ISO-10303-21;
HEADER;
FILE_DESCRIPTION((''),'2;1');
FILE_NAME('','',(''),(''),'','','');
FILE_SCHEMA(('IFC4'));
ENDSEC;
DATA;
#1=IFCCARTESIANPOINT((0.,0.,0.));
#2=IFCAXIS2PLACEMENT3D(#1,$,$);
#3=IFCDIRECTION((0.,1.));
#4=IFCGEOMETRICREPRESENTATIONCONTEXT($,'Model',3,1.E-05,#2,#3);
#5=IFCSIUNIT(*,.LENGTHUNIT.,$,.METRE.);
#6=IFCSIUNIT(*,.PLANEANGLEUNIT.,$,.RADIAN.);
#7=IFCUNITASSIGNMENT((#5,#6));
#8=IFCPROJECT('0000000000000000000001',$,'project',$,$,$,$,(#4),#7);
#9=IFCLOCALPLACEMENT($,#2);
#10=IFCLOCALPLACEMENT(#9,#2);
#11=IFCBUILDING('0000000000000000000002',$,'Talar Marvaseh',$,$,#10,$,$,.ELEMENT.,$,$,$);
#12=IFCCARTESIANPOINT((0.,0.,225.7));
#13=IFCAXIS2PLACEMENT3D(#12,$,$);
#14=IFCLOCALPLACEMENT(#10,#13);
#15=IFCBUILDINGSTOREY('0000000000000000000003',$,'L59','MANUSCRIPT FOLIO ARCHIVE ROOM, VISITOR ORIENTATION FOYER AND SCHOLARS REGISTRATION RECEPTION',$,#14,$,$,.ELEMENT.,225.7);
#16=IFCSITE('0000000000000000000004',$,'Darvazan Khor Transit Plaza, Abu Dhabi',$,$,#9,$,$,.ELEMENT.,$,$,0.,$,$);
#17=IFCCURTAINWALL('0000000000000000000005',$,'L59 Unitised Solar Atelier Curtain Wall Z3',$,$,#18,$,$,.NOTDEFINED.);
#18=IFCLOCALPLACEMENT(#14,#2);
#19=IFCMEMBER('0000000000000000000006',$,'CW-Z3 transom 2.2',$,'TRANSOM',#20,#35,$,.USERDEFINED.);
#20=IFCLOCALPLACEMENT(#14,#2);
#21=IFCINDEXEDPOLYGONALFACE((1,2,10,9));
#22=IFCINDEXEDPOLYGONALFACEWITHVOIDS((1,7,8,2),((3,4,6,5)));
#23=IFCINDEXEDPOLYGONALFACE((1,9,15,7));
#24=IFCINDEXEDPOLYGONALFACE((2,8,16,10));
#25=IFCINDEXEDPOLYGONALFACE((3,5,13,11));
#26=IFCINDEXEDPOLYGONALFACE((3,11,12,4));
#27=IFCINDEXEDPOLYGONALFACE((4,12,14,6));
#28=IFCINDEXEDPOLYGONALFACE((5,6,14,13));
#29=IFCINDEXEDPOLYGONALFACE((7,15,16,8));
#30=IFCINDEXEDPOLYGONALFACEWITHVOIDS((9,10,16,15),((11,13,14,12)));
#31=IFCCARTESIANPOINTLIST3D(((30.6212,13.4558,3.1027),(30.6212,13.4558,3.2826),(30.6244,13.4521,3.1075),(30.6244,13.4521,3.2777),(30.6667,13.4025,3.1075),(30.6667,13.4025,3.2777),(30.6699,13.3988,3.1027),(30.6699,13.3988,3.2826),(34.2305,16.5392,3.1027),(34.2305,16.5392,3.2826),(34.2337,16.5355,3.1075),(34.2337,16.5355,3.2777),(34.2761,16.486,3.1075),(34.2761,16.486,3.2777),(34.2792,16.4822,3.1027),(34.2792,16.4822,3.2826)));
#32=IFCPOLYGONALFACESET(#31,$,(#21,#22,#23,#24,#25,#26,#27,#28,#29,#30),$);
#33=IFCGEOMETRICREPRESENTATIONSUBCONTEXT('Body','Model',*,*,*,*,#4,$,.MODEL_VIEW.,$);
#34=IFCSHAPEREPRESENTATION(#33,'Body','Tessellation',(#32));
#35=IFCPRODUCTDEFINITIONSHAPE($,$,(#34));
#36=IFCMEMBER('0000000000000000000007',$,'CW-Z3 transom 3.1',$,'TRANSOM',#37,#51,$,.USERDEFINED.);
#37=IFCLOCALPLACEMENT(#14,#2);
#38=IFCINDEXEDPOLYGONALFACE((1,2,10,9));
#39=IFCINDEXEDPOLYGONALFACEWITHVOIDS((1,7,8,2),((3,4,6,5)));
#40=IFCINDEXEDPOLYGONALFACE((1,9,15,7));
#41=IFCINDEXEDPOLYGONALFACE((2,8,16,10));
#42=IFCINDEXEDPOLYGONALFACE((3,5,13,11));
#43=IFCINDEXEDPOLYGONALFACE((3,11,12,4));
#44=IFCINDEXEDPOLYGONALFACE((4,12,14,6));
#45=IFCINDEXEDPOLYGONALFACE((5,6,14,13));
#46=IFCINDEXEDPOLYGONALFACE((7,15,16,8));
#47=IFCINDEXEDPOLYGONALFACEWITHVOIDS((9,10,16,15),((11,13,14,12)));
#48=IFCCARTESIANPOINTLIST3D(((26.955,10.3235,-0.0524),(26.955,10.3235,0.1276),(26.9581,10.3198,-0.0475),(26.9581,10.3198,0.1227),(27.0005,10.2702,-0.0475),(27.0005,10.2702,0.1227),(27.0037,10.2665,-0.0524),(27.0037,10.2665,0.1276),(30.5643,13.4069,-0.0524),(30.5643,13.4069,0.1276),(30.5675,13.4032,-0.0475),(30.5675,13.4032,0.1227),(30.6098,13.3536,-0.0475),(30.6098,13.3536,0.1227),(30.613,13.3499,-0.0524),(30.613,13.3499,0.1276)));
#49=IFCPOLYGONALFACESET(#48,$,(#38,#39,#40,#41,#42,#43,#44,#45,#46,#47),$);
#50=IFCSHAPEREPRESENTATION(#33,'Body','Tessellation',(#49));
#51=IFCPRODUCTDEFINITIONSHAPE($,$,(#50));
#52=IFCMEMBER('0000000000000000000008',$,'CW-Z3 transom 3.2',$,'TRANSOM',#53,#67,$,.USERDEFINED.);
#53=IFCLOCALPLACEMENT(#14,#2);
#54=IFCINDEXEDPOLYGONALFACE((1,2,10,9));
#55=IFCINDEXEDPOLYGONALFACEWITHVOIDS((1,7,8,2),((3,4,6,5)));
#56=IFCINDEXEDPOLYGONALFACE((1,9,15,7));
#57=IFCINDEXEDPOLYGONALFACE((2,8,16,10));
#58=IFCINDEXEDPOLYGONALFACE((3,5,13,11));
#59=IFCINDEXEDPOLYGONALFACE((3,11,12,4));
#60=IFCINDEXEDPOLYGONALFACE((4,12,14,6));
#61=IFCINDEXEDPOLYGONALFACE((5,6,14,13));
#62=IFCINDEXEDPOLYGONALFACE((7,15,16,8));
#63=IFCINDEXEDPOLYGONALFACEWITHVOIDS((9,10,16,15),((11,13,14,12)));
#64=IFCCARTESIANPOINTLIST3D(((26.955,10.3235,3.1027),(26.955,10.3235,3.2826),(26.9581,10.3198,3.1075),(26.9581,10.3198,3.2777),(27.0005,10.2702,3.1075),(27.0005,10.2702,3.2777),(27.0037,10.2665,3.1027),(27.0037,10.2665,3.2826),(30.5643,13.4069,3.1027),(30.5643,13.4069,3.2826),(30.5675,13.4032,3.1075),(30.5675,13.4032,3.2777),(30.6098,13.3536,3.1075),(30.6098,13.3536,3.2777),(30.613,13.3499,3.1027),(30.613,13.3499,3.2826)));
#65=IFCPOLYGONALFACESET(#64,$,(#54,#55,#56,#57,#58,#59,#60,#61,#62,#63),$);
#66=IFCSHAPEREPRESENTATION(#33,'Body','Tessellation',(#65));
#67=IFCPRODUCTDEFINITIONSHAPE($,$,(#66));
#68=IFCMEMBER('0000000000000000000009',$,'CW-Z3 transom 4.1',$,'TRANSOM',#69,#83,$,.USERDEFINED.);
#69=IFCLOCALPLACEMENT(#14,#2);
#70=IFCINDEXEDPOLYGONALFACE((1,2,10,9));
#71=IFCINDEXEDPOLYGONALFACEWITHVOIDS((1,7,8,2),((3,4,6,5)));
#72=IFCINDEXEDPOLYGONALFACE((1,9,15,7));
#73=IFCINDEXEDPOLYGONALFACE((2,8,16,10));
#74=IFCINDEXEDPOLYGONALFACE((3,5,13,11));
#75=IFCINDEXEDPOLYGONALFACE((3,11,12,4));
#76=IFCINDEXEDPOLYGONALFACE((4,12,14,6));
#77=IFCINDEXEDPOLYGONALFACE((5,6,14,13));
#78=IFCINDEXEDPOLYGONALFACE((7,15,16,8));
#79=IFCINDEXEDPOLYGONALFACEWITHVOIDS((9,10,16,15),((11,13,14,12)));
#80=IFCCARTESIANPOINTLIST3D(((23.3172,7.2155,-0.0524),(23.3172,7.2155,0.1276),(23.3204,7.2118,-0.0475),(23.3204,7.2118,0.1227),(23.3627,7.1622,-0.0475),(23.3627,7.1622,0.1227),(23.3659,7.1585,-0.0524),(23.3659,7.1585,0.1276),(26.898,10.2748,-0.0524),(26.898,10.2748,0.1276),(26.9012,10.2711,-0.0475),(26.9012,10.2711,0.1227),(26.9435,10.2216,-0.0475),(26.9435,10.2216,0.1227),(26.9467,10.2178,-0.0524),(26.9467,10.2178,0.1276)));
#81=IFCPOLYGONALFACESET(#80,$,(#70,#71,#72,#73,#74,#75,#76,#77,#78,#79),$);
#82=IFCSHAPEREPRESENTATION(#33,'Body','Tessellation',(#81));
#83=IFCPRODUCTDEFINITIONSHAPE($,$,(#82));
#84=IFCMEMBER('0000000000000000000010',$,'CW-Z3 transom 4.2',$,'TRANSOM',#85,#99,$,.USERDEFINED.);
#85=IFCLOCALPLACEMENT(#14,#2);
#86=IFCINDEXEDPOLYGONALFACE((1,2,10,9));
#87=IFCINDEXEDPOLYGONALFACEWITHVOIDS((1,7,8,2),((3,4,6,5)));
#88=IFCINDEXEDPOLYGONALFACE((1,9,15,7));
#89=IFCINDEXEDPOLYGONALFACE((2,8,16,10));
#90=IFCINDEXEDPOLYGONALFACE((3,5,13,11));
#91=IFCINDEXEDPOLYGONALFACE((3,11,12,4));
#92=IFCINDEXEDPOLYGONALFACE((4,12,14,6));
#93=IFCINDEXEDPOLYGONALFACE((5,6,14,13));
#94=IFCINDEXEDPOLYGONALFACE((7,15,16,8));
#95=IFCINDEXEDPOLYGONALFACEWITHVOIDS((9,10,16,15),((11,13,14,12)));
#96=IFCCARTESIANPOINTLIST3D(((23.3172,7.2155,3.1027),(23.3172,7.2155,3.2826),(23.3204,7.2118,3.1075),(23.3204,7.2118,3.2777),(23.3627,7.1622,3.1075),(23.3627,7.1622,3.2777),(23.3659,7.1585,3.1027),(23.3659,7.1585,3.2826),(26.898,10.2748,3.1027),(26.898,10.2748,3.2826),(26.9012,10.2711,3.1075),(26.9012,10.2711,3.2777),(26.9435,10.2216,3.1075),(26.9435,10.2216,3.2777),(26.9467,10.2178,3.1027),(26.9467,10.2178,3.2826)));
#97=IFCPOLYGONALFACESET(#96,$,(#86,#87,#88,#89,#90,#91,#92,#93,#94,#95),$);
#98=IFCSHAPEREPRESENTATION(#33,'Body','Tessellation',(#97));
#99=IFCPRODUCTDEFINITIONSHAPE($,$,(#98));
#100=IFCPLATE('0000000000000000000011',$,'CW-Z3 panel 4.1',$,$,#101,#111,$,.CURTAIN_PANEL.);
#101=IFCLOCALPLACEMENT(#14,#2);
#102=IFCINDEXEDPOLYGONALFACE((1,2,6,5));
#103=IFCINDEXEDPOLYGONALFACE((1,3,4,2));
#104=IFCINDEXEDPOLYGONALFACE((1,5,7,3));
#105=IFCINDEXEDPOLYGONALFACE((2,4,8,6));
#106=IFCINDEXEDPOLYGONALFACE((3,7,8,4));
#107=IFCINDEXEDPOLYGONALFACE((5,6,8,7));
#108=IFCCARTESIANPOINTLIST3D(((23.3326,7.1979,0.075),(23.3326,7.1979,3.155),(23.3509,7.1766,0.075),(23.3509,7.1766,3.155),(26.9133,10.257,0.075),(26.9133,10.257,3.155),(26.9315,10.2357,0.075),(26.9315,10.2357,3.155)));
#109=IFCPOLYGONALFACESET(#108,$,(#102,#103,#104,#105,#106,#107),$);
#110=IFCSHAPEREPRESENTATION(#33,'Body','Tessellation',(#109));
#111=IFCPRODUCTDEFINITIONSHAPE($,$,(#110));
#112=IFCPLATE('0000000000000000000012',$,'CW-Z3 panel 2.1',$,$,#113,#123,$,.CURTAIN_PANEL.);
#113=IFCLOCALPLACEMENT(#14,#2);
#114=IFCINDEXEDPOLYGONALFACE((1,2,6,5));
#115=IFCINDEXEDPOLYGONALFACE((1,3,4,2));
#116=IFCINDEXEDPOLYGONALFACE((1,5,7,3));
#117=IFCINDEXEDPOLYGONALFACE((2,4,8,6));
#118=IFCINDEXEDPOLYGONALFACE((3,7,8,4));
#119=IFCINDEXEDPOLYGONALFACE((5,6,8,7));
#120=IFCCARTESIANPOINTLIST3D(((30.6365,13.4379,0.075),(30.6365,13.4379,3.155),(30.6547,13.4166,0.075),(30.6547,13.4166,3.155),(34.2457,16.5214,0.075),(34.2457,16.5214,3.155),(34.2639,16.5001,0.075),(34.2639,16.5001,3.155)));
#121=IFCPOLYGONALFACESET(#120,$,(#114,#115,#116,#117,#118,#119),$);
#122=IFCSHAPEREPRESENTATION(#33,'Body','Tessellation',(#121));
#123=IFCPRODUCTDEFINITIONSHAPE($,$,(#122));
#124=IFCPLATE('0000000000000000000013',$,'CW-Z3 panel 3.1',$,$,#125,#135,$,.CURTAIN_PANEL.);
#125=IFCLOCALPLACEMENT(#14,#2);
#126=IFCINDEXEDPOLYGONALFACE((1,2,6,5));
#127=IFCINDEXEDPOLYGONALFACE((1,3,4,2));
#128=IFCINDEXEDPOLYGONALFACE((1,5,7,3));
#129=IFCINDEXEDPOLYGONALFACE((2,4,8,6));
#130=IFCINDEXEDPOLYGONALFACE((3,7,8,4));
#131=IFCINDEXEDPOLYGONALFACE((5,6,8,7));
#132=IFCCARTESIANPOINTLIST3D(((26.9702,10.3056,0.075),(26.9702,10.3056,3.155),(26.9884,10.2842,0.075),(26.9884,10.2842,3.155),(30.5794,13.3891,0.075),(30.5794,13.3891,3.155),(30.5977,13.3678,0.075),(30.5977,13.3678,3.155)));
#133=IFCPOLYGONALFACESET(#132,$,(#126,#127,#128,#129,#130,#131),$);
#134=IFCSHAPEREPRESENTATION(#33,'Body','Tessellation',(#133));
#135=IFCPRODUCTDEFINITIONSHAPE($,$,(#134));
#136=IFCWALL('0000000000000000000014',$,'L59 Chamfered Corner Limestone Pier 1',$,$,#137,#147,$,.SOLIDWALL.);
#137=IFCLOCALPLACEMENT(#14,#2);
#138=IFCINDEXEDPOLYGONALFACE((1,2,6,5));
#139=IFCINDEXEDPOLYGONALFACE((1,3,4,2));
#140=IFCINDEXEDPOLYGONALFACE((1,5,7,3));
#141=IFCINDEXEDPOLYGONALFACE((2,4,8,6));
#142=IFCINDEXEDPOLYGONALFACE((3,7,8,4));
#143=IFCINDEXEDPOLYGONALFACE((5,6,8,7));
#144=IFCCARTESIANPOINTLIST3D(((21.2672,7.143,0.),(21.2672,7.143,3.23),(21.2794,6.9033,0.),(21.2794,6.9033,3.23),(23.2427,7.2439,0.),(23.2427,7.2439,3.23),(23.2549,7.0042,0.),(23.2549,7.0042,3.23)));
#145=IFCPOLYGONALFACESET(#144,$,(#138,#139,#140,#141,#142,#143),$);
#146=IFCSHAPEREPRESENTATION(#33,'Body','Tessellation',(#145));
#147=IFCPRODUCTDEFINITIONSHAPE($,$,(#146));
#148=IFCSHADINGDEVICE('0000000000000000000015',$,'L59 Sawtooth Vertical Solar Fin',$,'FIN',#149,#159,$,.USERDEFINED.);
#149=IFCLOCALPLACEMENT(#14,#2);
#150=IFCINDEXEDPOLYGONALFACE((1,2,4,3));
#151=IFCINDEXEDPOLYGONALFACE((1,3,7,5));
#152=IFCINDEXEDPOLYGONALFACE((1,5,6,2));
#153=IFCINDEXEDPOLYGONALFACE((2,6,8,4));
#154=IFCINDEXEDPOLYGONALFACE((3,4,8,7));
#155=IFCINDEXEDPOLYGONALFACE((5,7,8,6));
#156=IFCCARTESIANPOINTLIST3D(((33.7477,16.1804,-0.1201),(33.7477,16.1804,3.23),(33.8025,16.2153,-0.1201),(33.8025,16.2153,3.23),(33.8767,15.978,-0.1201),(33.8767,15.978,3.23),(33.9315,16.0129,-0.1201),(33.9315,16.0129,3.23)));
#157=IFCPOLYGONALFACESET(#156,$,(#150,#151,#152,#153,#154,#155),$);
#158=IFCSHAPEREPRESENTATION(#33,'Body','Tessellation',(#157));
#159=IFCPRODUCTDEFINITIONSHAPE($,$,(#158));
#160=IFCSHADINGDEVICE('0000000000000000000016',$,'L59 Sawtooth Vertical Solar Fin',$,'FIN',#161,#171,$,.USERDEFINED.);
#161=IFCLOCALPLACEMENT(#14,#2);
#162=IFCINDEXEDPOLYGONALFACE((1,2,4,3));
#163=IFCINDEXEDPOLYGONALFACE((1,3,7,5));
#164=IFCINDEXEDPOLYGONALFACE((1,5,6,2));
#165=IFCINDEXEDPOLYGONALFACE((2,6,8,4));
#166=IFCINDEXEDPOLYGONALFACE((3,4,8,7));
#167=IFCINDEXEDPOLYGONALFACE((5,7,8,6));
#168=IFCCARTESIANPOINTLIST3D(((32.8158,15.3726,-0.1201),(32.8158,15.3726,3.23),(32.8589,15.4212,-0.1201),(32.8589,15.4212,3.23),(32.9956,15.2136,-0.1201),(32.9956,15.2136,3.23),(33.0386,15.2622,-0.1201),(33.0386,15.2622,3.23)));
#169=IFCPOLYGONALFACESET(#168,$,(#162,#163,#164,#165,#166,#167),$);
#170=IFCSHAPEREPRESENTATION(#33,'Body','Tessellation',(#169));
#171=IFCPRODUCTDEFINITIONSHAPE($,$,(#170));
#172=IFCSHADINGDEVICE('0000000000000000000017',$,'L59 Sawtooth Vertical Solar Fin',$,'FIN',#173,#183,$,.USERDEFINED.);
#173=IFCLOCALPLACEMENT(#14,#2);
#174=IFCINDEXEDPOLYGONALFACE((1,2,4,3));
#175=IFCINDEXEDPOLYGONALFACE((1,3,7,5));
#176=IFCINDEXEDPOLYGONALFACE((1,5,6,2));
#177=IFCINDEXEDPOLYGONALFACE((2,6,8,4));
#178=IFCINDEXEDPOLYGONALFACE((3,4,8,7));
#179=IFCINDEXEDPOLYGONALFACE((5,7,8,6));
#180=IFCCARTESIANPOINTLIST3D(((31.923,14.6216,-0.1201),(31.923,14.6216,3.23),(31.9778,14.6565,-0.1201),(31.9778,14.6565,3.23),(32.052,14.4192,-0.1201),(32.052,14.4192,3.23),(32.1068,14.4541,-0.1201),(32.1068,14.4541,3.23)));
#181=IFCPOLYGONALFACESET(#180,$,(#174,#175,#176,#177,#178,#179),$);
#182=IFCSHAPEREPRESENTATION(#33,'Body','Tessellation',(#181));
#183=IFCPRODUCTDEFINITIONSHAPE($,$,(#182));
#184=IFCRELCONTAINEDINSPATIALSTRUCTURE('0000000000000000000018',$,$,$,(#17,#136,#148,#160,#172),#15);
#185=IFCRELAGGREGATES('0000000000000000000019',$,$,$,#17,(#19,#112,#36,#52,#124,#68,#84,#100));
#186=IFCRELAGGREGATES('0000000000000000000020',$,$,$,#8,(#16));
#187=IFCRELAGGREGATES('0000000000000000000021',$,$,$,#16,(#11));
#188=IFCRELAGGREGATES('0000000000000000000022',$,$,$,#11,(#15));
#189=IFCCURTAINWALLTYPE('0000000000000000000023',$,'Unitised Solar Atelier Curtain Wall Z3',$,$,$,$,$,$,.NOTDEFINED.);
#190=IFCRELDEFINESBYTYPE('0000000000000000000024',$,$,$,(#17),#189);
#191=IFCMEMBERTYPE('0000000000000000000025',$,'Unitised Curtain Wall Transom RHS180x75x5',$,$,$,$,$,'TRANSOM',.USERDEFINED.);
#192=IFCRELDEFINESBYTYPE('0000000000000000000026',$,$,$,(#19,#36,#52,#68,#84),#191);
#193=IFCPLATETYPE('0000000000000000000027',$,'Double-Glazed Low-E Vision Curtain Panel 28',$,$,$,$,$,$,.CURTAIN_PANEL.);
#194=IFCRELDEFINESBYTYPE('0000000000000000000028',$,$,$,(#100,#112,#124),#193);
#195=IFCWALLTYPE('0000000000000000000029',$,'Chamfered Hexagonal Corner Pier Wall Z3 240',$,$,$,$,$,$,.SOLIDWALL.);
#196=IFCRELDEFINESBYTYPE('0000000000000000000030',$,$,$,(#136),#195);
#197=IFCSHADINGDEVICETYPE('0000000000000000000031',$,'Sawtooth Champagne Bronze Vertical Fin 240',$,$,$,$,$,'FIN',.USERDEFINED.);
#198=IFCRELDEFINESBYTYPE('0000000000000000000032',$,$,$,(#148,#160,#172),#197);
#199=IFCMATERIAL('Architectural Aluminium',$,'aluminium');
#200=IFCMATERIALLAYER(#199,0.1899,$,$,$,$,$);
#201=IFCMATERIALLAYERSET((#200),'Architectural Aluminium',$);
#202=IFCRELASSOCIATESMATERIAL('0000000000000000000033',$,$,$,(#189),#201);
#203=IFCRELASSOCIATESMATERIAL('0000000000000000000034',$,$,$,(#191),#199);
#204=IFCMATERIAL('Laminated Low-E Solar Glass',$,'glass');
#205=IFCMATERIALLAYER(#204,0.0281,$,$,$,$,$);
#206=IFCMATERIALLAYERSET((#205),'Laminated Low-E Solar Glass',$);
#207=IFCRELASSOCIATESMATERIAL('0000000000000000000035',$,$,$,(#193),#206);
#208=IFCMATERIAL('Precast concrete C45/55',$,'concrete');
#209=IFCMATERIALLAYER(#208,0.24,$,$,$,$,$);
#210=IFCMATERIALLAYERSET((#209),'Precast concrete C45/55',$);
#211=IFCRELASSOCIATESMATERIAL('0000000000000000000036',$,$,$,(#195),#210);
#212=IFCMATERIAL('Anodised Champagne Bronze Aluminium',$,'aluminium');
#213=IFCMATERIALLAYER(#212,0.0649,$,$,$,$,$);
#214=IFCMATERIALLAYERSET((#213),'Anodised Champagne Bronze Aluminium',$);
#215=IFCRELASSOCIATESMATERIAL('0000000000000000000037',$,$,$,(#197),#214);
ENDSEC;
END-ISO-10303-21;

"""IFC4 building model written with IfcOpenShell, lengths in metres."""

from ifc_helpers import new_model, si_unit, direction, frame, frame_2d, origin, origin_2d, place, context, subcontext, project, spatial, rectangle, hollow_rectangle, extrude, source, transform, mapped, material, layer, layer_set, material_profile, profile_set, type_object, type_shapes, element, aggregate, save


model = new_model("IFC4")

# Units and contexts
model_context = context("Model", 3, precision=1e-05, world=origin(), true_north=direction((0.0, 1.0)))
body_context = subcontext(model_context, "Body", "Model", "MODEL_VIEW")
ifc_project = project(units=[si_unit("LENGTHUNIT", "METRE"), si_unit("PLANEANGLEUNIT", "RADIAN")], contexts=[model_context])

# Site, building, storey
site_placement = place(None, origin())
site = spatial("IfcSite", under=ifc_project, at=site_placement, Name="Darvazan Khor Transit Plaza, Abu Dhabi", CompositionType="ELEMENT", RefElevation=0.0)
building_placement = place(site_placement, origin())
building = spatial("IfcBuilding", under=site, at=building_placement, Name="Talar Marvaseh", CompositionType="ELEMENT")
storey_placement = place(building_placement, frame((0.0, 0.0, 225.7)))
storey = spatial("IfcBuildingStorey", under=building, at=storey_placement, Name="L59", Description="MANUSCRIPT FOLIO ARCHIVE ROOM, VISITOR ORIENTATION FOYER AND SCHOLARS REGISTRATION RECEPTION", CompositionType="ELEMENT", Elevation=225.7)

# Curtain wall, members, plates
ifc_material_1 = material(Name="Architectural Aluminium", Category="aluminium")
ifc_layer_1 = layer(ifc_material_1, 0.1899)
ifc_layer_set_1 = layer_set([ifc_layer_1], Name="Architectural Aluminium")
curtain_wall_type = type_object("IfcCurtainWallType", Name="Unitised Solar Atelier Curtain Wall Z3", PredefinedType="NOTDEFINED", material=ifc_layer_set_1)
curtain_wall_placement = place(storey_placement, origin())
curtain_wall = element("IfcCurtainWall", 1, at=curtain_wall_placement, inside=storey, type_object=curtain_wall_type, Name="L59 Unitised Solar Atelier Curtain Wall Z3", PredefinedType="NOTDEFINED")
ifc_material_profile_1 = material_profile(ifc_material_1, hollow_rectangle(XDim=0.075, YDim=0.1799, WallThickness=0.0049, at=origin_2d()), Name="RHS180x75x5")
ifc_profile_set_1 = profile_set([ifc_material_profile_1], Name="Architectural Aluminium")
member_type_1 = type_object("IfcMemberType", Name="Unitised Curtain Wall Transom RHS180x75x5", ElementType="TRANSOM", PredefinedType="USERDEFINED", material=ifc_profile_set_1)
shared_shape_1 = source(origin(), body_context, "Body", "SweptSolid", [
    extrude(hollow_rectangle(XDim=0.075, YDim=0.1799, WallThickness=0.0049, at=origin_2d()), origin(), (0.0, 0.0, 1.0), 4.7471),
])
member_1_placement = place(storey_placement, frame((34.2549, 16.5107, 3.1926), z_axis=(-0.760323, -0.649545, 0.0), x_axis=(0.649545, -0.760323, 0.0)))
member_1 = element("IfcMember", 2, at=member_1_placement, type_object=member_type_1, Name="CW-Z3 transom 2.2", ObjectType="TRANSOM", PredefinedType="USERDEFINED", context=body_context, shape_type="MappedRepresentation", body=[
    mapped(shared_shape_1, transform((0.0, 0.0, 0.0), x_axis=(1.0, 0.0, 0.0), y_axis=(0.0, 1.0, 0.0), z_axis=(0.0, 0.0, 1.0), scale=1.0)),
])
member_2_placement = place(storey_placement, frame((30.5886, 13.3784, 0.0376), z_axis=(-0.760323, -0.649545, 0.0), x_axis=(0.649545, -0.760323, 0.0)))
member_2 = element("IfcMember", 3, at=member_2_placement, type_object=member_type_1, Name="CW-Z3 transom 3.1", ObjectType="TRANSOM", PredefinedType="USERDEFINED", context=body_context, shape_type="MappedRepresentation", body=[
    mapped(shared_shape_1, transform((0.0, 0.0, 0.0), x_axis=(1.0, 0.0, 0.0), y_axis=(0.0, 1.0, 0.0), z_axis=(0.0, 0.0, 1.0), scale=1.0)),
])
member_3_placement = place(storey_placement, frame((30.5886, 13.3784, 3.1926), z_axis=(-0.760323, -0.649545, 0.0), x_axis=(0.649545, -0.760323, 0.0)))
member_3 = element("IfcMember", 4, at=member_3_placement, type_object=member_type_1, Name="CW-Z3 transom 3.2", ObjectType="TRANSOM", PredefinedType="USERDEFINED", context=body_context, shape_type="MappedRepresentation", body=[
    mapped(shared_shape_1, transform((0.0, 0.0, 0.0), x_axis=(1.0, 0.0, 0.0), y_axis=(0.0, 1.0, 0.0), z_axis=(0.0, 0.0, 1.0), scale=1.0)),
])
shared_shape_2 = source(origin(), body_context, "Body", "SweptSolid", [
    extrude(hollow_rectangle(XDim=0.075, YDim=0.1799, WallThickness=0.0049, at=origin_2d()), origin(), (0.0, 0.0, 1.0), 4.7097),
])
type_shapes(member_type_1, [shared_shape_1, shared_shape_2])
member_4_placement = place(storey_placement, frame((26.9224, 10.2463, 0.0376), z_axis=(-0.760298, -0.649574, 0.0), x_axis=(0.649574, -0.760298, 0.0)))
member_4 = element("IfcMember", 5, at=member_4_placement, type_object=member_type_1, Name="CW-Z3 transom 4.1", ObjectType="TRANSOM", PredefinedType="USERDEFINED", context=body_context, shape_type="MappedRepresentation", body=[
    mapped(shared_shape_2, transform((0.0, 0.0, 0.0), x_axis=(1.0, 0.0, 0.0), y_axis=(0.0, 1.0, 0.0), z_axis=(0.0, 0.0, 1.0), scale=1.0)),
])
member_5_placement = place(storey_placement, frame((26.9224, 10.2463, 3.1926), z_axis=(-0.760298, -0.649574, 0.0), x_axis=(0.649574, -0.760298, 0.0)))
member_5 = element("IfcMember", 6, at=member_5_placement, type_object=member_type_1, Name="CW-Z3 transom 4.2", ObjectType="TRANSOM", PredefinedType="USERDEFINED", context=body_context, shape_type="MappedRepresentation", body=[
    mapped(shared_shape_2, transform((0.0, 0.0, 0.0), x_axis=(1.0, 0.0, 0.0), y_axis=(0.0, 1.0, 0.0), z_axis=(0.0, 0.0, 1.0), scale=1.0)),
])
ifc_material_2 = material(Name="Laminated Low-E Solar Glass", Category="glass")
ifc_layer_2 = layer(ifc_material_2, 0.0281)
ifc_layer_set_2 = layer_set([ifc_layer_2], Name="Laminated Low-E Solar Glass")
plate_type = type_object("IfcPlateType", Name="Double-Glazed Low-E Vision Curtain Panel 28", PredefinedType="CURTAIN_PANEL", material=ifc_layer_set_2)
shared_shape_3 = source(origin(), body_context, "Body", "SweptSolid", [
    extrude(rectangle(XDim=4.7095, YDim=0.0281, at=origin_2d()), origin(), (0.0, 0.0, 1.0), 3.0801),
])
plate_1_placement = place(storey_placement, frame((25.1321, 8.7168, 0.075), z_axis=(0.0, 0.0, 1.0), x_axis=(-0.760306, -0.649565, 0.0)))
plate_1 = element("IfcPlate", 7, at=plate_1_placement, type_object=plate_type, Name="CW-Z3 panel 4.1", PredefinedType="CURTAIN_PANEL", context=body_context, shape_type="MappedRepresentation", body=[
    mapped(shared_shape_3, transform((0.0, 0.0, 0.0), x_axis=(1.0, 0.0, 0.0), y_axis=(0.0, 1.0, 0.0), z_axis=(0.0, 0.0, 1.0), scale=1.0)),
])
shared_shape_4 = source(origin(), body_context, "Body", "SweptSolid", [
    extrude(rectangle(XDim=4.7471, YDim=0.0281, at=origin_2d()), origin(), (0.0, 0.0, 1.0), 3.0801),
])
type_shapes(plate_type, [shared_shape_3, shared_shape_4])
plate_2_placement = place(storey_placement, frame((32.4502, 14.969, 0.075), z_axis=(0.0, 0.0, 1.0), x_axis=(-0.760306, -0.649565, 0.0)))
plate_2 = element("IfcPlate", 8, at=plate_2_placement, type_object=plate_type, Name="CW-Z3 panel 2.1", PredefinedType="CURTAIN_PANEL", context=body_context, shape_type="MappedRepresentation", body=[
    mapped(shared_shape_4, transform((0.0, 0.0, 0.0), x_axis=(1.0, 0.0, 0.0), y_axis=(0.0, 1.0, 0.0), z_axis=(0.0, 0.0, 1.0), scale=1.0)),
])
plate_3_placement = place(storey_placement, frame((28.7839, 11.8367, 0.075), z_axis=(0.0, 0.0, 1.0), x_axis=(-0.760306, -0.649565, 0.0)))
plate_3 = element("IfcPlate", 9, at=plate_3_placement, type_object=plate_type, Name="CW-Z3 panel 3.1", PredefinedType="CURTAIN_PANEL", context=body_context, shape_type="MappedRepresentation", body=[
    mapped(shared_shape_4, transform((0.0, 0.0, 0.0), x_axis=(1.0, 0.0, 0.0), y_axis=(0.0, 1.0, 0.0), z_axis=(0.0, 0.0, 1.0), scale=1.0)),
])
aggregate(curtain_wall, [member_1, plate_2, member_2, member_3, plate_3, member_4, member_5, plate_1])

# Wall
ifc_material_3 = material(Name="Precast concrete C45/55", Category="concrete")
ifc_layer_3 = layer(ifc_material_3, 0.24)
ifc_layer_set_3 = layer_set([ifc_layer_3], Name="Precast concrete C45/55")
wall_type = type_object("IfcWallType", Name="Chamfered Hexagonal Corner Pier Wall Z3 240", PredefinedType="SOLIDWALL", material=ifc_layer_set_3)
wall_placement = place(storey_placement, frame((23.2488, 7.124, 0.0), z_axis=(0.0, 0.0, 1.0), x_axis=(-0.9987, -0.050978, 0.0)))
element("IfcWall", 10, at=wall_placement, inside=storey, type_object=wall_type, Name="L59 Chamfered Corner Limestone Pier 1", PredefinedType="SOLIDWALL", context=body_context, shape_type="SweptSolid", body=[
    extrude(rectangle(XDim=1.978, YDim=0.24, at=frame_2d((0.989, 0.0))), origin(), (0.0, 0.0, 1.0), 3.23),
])

# Shading devices
ifc_material_4 = material(Name="Anodised Champagne Bronze Aluminium", Category="aluminium")
ifc_layer_4 = layer(ifc_material_4, 0.0649)
ifc_layer_set_4 = layer_set([ifc_layer_4], Name="Anodised Champagne Bronze Aluminium")
shading_device_type = type_object("IfcShadingDeviceType", Name="Sawtooth Champagne Bronze Vertical Fin 240", ElementType="FIN", PredefinedType="USERDEFINED", material=ifc_layer_set_4)
shared_shape_5 = source(origin(), body_context, "Body", "SweptSolid", [
    extrude(rectangle(XDim=0.24, YDim=0.0649, at=origin_2d()), origin(), (0.0, 0.0, 1.0), 3.3501),
])
type_shapes(shading_device_type, [shared_shape_5])
for number, where, z_axis, x_axis, name in (
    (11, (33.8396, 16.0967, -0.1201), (0.0, 0.0, 1.0), (0.537447, -0.843298, 0.0), "L59 Sawtooth Vertical Solar Fin"),
    (12, (32.9272, 15.3174, -0.1201), (0.0, 0.0, 1.0), (0.749071, -0.662489, 0.0), "L59 Sawtooth Vertical Solar Fin"),
    (13, (32.0149, 14.5378, -0.1201), (0.0, 0.0, 1.0), (0.537447, -0.843298, 0.0), "L59 Sawtooth Vertical Solar Fin"),
):
    element("IfcShadingDevice", number, at=place(storey_placement, frame(where, z_axis=z_axis, x_axis=x_axis)), inside=storey, type_object=shading_device_type, Name=name, ObjectType="FIN", PredefinedType="USERDEFINED", context=body_context, shape_type="MappedRepresentation", body=[
        mapped(shared_shape_5, transform((0.0, 0.0, 0.0), x_axis=(1.0, 0.0, 0.0), y_axis=(0.0, 1.0, 0.0), z_axis=(0.0, 0.0, 1.0), scale=1.0)),
    ])

save(model, "model.ifc")
